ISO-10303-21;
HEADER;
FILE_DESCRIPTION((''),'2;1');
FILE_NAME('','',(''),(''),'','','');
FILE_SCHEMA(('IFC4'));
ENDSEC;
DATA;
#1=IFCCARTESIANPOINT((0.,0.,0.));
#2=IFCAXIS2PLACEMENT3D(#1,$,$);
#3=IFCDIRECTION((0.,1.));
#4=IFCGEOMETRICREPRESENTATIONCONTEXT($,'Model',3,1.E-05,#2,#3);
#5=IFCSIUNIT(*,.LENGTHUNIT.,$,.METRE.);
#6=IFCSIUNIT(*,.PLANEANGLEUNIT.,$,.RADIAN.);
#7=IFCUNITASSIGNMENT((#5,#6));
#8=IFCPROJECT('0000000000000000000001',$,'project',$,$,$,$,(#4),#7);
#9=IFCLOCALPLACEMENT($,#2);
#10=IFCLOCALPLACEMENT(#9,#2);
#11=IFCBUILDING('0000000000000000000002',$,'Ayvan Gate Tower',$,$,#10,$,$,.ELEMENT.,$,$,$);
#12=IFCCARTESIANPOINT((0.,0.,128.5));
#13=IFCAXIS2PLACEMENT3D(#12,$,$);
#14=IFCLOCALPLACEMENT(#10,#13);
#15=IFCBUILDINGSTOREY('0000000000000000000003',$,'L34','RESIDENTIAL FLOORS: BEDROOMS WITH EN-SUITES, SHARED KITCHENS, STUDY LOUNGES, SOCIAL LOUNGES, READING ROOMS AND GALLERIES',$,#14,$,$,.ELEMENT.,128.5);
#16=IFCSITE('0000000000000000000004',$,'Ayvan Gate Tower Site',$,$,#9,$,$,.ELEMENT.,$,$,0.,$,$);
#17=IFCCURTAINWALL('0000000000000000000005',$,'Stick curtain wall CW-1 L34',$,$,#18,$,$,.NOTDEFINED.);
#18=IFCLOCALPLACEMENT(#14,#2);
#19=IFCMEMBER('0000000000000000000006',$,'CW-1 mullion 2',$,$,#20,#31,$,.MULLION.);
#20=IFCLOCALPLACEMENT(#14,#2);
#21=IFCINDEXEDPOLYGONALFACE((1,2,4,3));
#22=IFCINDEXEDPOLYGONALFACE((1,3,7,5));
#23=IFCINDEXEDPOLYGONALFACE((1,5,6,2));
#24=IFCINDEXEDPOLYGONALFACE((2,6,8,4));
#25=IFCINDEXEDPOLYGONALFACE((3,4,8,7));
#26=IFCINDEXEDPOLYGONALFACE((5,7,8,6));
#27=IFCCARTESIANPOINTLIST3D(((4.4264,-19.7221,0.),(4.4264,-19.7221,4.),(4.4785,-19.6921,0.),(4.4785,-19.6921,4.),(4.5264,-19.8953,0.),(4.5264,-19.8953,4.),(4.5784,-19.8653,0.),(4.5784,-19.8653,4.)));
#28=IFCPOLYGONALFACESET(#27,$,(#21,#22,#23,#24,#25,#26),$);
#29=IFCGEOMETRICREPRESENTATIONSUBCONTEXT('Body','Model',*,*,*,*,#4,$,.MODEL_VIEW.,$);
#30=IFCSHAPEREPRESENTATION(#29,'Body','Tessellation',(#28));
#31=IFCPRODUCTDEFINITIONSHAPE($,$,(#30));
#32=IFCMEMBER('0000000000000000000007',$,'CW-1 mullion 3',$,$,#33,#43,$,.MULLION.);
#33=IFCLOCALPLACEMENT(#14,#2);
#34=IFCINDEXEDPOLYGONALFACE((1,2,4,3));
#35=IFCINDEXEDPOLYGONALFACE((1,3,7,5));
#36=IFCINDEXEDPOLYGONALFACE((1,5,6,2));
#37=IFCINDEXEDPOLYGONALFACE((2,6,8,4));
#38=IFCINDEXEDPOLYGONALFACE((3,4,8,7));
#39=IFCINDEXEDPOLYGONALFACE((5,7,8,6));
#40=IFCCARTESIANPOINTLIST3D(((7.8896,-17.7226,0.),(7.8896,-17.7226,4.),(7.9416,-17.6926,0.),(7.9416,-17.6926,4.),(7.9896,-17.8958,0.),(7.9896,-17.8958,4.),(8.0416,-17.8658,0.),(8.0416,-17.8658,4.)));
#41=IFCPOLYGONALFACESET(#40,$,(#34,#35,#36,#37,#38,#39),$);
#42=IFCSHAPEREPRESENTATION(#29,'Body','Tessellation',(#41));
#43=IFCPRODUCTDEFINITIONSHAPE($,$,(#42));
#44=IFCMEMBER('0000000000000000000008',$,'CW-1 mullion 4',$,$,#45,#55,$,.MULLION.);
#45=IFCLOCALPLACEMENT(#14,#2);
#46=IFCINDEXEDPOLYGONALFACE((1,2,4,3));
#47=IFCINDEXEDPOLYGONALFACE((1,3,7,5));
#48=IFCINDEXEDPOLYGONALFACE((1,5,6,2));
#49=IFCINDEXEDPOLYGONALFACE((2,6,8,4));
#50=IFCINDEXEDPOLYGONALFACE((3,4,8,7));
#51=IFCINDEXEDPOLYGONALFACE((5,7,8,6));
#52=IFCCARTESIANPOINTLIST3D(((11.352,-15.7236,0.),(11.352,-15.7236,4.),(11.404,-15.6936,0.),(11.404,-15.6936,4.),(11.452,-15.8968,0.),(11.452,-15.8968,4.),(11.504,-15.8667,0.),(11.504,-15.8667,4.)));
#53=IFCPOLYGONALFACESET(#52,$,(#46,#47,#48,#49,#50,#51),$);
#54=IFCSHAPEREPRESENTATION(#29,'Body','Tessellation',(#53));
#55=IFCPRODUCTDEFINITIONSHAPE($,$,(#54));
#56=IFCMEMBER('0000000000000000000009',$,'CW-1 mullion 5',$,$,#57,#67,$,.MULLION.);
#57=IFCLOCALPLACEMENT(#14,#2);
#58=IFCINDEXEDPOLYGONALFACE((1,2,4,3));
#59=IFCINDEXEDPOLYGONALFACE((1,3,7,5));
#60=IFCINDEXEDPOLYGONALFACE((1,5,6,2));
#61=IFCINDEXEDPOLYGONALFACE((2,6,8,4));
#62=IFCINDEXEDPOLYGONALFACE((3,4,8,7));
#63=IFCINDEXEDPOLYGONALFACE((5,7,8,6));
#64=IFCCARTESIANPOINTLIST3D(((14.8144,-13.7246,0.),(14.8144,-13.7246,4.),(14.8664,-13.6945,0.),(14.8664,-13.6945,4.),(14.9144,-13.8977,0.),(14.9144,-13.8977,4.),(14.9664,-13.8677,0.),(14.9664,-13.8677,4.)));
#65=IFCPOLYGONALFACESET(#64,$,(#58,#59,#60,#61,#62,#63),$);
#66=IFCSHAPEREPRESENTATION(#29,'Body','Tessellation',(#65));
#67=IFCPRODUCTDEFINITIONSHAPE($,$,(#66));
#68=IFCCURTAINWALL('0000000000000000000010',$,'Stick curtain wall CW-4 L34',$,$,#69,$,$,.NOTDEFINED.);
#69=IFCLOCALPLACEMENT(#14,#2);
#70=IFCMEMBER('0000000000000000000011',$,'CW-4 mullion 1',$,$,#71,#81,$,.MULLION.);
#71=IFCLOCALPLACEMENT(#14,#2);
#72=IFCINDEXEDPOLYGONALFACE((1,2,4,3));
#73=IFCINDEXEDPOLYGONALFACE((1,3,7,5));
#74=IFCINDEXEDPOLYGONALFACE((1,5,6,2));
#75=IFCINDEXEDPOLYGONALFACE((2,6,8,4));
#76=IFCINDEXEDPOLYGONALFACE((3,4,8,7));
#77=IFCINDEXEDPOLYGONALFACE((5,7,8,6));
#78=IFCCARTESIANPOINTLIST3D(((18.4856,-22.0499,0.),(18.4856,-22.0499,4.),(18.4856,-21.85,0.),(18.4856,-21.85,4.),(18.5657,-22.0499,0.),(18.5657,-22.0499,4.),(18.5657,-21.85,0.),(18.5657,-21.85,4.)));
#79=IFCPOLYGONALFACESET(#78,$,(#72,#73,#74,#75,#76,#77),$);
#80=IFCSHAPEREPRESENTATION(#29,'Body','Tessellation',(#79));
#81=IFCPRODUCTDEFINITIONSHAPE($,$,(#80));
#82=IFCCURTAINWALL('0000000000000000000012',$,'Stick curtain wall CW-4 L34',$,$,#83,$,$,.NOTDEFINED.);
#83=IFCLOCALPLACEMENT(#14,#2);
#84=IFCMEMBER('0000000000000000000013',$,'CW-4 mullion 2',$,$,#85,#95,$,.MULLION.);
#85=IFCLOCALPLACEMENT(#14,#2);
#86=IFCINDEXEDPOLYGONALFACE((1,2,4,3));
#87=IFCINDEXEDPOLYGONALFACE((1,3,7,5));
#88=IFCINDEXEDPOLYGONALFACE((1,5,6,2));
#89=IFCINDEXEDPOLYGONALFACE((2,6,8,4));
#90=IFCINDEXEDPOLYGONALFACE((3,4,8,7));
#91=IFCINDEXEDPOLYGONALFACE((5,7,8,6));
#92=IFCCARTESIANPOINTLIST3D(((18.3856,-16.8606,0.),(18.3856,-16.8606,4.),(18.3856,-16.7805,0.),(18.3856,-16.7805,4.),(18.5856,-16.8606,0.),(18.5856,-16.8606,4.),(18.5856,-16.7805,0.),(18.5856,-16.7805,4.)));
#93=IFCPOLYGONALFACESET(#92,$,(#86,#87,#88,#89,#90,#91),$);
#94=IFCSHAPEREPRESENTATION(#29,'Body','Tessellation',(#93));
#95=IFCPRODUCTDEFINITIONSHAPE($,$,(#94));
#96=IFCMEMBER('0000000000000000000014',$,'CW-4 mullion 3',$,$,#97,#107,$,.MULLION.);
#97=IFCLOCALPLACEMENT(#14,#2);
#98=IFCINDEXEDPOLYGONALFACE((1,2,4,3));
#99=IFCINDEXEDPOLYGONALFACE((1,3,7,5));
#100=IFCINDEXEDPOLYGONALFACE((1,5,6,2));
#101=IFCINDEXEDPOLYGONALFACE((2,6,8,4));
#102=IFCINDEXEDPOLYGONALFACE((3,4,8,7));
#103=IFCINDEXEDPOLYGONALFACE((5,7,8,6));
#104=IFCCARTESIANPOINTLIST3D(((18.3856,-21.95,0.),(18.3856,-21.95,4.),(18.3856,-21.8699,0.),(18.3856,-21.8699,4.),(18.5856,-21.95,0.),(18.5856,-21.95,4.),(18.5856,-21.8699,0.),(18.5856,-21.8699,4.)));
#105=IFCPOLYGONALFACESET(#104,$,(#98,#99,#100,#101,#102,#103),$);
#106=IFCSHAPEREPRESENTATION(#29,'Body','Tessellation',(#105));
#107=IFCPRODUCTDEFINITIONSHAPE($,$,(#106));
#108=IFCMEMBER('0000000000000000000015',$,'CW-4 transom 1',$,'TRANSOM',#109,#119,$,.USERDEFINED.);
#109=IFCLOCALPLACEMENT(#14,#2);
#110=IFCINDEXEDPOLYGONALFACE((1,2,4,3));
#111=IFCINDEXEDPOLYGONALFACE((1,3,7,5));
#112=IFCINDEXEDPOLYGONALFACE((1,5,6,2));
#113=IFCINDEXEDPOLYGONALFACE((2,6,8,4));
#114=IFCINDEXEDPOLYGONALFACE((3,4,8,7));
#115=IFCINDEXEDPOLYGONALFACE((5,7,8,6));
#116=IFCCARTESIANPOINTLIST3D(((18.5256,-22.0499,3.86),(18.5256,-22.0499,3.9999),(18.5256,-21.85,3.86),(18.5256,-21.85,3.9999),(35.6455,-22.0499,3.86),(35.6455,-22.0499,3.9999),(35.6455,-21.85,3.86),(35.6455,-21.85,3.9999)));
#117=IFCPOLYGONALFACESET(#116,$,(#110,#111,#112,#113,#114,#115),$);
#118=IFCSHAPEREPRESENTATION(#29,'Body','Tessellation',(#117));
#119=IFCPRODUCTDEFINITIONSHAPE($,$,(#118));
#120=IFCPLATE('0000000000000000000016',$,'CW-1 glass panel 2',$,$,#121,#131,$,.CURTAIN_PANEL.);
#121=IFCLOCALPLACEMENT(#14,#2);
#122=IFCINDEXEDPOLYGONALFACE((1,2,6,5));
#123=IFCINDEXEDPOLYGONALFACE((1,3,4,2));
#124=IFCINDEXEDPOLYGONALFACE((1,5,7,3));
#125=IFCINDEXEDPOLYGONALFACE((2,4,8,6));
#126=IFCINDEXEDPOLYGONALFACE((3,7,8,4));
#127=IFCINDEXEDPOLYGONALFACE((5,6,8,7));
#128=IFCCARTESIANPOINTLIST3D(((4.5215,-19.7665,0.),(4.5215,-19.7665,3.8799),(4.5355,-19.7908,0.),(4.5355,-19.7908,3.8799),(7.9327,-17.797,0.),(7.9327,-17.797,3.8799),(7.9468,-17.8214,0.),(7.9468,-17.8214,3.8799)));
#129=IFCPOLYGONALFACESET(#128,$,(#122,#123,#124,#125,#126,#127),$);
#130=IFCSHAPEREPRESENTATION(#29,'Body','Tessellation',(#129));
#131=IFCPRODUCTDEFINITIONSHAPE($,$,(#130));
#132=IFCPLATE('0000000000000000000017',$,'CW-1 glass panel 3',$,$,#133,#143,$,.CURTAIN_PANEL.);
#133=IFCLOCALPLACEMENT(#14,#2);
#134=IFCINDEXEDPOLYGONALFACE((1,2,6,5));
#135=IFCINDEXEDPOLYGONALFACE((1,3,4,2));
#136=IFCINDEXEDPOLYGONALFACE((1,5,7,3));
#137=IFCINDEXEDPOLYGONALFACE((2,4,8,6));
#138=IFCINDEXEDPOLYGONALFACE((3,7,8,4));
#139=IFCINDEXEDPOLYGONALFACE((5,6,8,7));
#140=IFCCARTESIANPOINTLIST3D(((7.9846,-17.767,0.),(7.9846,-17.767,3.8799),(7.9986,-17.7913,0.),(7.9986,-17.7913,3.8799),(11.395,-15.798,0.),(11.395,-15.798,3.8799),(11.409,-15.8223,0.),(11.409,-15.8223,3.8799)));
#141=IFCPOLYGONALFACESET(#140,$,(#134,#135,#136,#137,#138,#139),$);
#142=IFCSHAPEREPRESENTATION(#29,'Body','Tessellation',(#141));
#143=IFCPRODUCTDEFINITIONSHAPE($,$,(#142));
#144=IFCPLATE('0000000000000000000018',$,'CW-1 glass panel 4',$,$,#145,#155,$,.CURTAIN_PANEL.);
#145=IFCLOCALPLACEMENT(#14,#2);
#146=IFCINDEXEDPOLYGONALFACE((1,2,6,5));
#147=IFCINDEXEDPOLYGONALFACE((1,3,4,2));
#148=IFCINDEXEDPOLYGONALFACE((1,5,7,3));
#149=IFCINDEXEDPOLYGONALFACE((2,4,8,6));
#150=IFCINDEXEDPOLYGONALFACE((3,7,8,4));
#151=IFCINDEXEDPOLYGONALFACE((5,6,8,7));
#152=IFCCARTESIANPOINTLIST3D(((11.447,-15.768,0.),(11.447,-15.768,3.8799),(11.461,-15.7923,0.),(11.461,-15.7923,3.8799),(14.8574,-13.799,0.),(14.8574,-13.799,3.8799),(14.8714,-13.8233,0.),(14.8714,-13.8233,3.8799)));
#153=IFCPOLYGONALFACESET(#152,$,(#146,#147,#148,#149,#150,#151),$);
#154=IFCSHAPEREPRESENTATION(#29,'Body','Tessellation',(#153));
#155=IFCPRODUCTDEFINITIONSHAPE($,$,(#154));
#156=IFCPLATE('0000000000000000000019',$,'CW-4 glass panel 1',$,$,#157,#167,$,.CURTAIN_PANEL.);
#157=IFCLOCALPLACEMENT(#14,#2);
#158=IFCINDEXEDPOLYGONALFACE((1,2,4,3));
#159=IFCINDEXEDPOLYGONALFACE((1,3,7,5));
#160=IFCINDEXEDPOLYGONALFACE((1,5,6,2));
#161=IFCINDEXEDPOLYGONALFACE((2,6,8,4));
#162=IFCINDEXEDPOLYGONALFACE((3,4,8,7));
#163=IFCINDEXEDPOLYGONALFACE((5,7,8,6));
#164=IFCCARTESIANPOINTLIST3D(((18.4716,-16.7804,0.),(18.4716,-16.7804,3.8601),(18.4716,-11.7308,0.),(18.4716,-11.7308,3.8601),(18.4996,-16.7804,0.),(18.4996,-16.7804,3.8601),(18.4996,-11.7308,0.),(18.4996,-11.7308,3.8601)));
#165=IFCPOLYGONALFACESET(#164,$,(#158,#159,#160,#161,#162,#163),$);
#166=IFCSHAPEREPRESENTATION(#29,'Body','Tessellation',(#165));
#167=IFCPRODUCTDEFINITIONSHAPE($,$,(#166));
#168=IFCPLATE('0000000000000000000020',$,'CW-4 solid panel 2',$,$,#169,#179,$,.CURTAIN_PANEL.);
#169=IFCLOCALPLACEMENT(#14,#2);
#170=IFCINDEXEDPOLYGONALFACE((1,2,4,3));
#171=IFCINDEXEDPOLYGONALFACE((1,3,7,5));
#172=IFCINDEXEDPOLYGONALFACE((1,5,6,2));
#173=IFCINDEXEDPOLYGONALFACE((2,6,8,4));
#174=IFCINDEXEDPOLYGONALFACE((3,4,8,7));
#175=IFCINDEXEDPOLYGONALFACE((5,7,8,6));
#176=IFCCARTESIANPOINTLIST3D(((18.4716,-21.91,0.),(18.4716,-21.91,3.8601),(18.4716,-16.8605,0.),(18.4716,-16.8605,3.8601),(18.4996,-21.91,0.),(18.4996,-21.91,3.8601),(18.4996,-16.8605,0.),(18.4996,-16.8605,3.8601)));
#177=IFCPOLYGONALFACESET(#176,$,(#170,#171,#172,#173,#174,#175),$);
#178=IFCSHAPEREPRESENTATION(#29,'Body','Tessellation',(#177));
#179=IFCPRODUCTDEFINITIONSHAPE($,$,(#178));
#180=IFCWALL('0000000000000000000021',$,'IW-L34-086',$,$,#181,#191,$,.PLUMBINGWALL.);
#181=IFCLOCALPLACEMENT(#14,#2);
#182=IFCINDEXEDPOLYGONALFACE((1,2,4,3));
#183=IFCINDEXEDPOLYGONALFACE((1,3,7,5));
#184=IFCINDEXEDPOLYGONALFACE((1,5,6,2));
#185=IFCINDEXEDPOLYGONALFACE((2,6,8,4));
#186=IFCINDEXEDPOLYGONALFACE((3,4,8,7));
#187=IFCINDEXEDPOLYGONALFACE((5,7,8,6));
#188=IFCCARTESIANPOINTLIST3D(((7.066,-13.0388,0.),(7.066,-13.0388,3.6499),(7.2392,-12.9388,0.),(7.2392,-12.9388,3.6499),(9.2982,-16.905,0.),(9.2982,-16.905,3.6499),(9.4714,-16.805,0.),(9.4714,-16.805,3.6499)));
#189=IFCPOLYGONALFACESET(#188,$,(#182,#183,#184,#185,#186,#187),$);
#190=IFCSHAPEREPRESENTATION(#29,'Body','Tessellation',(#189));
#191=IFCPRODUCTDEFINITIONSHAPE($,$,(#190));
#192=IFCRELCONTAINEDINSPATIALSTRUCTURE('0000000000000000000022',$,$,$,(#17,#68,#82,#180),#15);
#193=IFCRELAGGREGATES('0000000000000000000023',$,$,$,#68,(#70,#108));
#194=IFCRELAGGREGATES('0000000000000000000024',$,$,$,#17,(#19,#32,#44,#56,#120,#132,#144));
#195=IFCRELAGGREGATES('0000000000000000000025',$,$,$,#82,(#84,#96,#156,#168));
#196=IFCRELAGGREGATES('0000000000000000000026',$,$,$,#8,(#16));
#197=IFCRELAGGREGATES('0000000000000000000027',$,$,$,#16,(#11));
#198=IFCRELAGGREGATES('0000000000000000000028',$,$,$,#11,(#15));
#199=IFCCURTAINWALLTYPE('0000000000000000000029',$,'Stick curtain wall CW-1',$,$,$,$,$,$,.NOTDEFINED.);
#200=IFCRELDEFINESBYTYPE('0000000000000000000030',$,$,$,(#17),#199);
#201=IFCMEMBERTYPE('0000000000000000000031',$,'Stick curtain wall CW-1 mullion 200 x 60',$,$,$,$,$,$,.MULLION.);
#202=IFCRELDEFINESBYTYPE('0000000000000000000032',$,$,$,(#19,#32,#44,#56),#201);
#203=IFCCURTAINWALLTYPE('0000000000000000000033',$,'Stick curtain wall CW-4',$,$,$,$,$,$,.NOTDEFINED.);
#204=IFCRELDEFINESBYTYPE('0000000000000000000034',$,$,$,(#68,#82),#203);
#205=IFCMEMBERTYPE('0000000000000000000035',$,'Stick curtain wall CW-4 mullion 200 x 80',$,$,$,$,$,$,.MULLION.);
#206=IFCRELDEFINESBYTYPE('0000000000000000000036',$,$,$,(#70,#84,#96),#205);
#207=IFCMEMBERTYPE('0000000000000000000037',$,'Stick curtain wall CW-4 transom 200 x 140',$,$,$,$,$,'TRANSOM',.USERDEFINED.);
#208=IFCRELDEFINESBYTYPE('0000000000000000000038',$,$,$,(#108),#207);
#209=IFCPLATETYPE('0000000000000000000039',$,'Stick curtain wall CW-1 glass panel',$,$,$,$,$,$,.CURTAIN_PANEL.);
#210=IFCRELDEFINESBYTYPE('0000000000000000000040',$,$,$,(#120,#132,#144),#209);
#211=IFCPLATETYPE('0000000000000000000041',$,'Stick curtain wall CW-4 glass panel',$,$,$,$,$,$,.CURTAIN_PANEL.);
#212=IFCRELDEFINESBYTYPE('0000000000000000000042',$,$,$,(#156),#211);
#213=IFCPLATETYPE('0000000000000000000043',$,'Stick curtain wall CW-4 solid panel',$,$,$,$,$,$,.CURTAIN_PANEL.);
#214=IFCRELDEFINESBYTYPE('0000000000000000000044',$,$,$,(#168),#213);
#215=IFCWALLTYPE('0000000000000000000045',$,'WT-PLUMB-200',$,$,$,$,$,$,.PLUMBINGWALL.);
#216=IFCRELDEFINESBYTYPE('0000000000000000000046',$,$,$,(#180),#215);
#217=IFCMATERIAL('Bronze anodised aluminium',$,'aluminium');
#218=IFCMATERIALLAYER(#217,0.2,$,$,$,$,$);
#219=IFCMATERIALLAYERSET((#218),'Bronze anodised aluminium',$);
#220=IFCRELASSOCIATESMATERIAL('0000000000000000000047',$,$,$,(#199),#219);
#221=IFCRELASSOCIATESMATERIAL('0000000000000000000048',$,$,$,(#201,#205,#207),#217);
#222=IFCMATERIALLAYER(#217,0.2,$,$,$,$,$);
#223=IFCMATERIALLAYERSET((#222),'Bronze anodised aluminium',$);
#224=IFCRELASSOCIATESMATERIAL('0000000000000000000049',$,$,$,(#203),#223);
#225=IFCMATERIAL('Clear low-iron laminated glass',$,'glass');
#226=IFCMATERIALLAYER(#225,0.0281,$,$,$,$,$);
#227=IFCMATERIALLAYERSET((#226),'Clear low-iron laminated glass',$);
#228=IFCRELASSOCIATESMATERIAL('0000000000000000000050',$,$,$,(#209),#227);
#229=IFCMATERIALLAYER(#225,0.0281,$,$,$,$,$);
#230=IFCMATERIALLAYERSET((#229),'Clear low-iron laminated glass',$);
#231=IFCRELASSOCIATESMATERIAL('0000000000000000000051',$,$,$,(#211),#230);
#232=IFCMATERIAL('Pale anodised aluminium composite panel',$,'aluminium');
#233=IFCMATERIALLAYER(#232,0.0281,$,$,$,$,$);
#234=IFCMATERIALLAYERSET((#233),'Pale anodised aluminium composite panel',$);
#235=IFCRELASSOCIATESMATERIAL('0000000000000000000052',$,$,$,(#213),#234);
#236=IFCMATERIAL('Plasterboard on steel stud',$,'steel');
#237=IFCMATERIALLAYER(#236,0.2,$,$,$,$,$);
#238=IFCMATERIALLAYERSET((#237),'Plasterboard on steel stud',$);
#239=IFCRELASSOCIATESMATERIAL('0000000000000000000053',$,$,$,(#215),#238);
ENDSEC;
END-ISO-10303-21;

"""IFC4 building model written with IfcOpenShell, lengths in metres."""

from ifc_helpers import new_model, si_unit, direction, frame, frame_2d, origin, origin_2d, place, context, subcontext, project, spatial, rectangle, extrude, material, layer, layer_set, material_profile, profile_set, type_object, element, aggregate, save


model = new_model("IFC4")

# Units and contexts
model_context = context("Model", 3, precision=1e-05, world=origin(), true_north=direction((0.0, 1.0)))
body_context = subcontext(model_context, "Body", "Model", "MODEL_VIEW")
ifc_project = project(units=[si_unit("LENGTHUNIT", "METRE"), si_unit("PLANEANGLEUNIT", "RADIAN")], contexts=[model_context])

# Site, building, storey
site_placement = place(None, origin())
site = spatial("IfcSite", under=ifc_project, at=site_placement, Name="Ayvan Gate Tower Site", CompositionType="ELEMENT", RefElevation=0.0)
building_placement = place(site_placement, origin())
building = spatial("IfcBuilding", under=site, at=building_placement, Name="Ayvan Gate Tower", CompositionType="ELEMENT")
storey_placement = place(building_placement, frame((0.0, 0.0, 128.5)))
storey = spatial("IfcBuildingStorey", under=building, at=storey_placement, Name="L34", Description="RESIDENTIAL FLOORS: BEDROOMS WITH EN-SUITES, SHARED KITCHENS, STUDY LOUNGES, SOCIAL LOUNGES, READING ROOMS AND GALLERIES", CompositionType="ELEMENT", Elevation=128.5)

# Curtain wall, members
ifc_material_1 = material(Name="Bronze anodised aluminium", Category="aluminium")
ifc_layer_1 = layer(ifc_material_1, 0.2)
ifc_layer_set_1 = layer_set([ifc_layer_1], Name="Bronze anodised aluminium")
curtain_wall_type_1 = type_object("IfcCurtainWallType", Name="Stick curtain wall CW-1", PredefinedType="NOTDEFINED", material=ifc_layer_set_1)
curtain_wall_1_placement = place(storey_placement, origin())
curtain_wall_1 = element("IfcCurtainWall", 1, at=curtain_wall_1_placement, inside=storey, type_object=curtain_wall_type_1, Name="Stick curtain wall CW-1 L34", PredefinedType="NOTDEFINED")
ifc_material_profile_1 = material_profile(ifc_material_1, rectangle(XDim=0.2, YDim=0.0601, at=origin_2d()), Name="Stick curtain wall CW-1 mullion 200 x 60")
ifc_profile_set_1 = profile_set([ifc_material_profile_1], Name="Bronze anodised aluminium")
member_type_1 = type_object("IfcMemberType", Name="Stick curtain wall CW-1 mullion 200 x 60", PredefinedType="MULLION", material=ifc_profile_set_1)
member_1_placement = place(storey_placement, frame((4.5024, -19.7937, 0.0), z_axis=(0.0, 0.0, 1.0), x_axis=(0.5, -0.866025, 0.0)))
member_1 = element("IfcMember", 2, at=member_1_placement, type_object=member_type_1, Name="CW-1 mullion 2", PredefinedType="MULLION", context=body_context, shape_type="SweptSolid", body=[
    extrude(rectangle(XDim=0.2, YDim=0.0601, at=origin_2d()), origin(), (0.0, 0.0, 1.0), 4.0),
])
member_2_placement = place(storey_placement, frame((7.9656, -17.7942, 0.0), z_axis=(0.0, 0.0, 1.0), x_axis=(0.5, -0.866025, 0.0)))
member_2 = element("IfcMember", 3, at=member_2_placement, type_object=member_type_1, Name="CW-1 mullion 3", PredefinedType="MULLION", context=body_context, shape_type="SweptSolid", body=[
    extrude(rectangle(XDim=0.2, YDim=0.0601, at=origin_2d()), origin(), (0.0, 0.0, 1.0), 4.0),
])
member_3_placement = place(storey_placement, frame((11.428, -15.7952, 0.0), z_axis=(0.0, 0.0, 1.0), x_axis=(0.5, -0.866025, 0.0)))
member_3 = element("IfcMember", 4, at=member_3_placement, type_object=member_type_1, Name="CW-1 mullion 4", PredefinedType="MULLION", context=body_context, shape_type="SweptSolid", body=[
    extrude(rectangle(XDim=0.2, YDim=0.0601, at=origin_2d()), origin(), (0.0, 0.0, 1.0), 4.0),
])
member_4_placement = place(storey_placement, frame((14.8904, -13.7961, 0.0), z_axis=(0.0, 0.0, 1.0), x_axis=(0.5, -0.866025, 0.0)))
member_4 = element("IfcMember", 5, at=member_4_placement, type_object=member_type_1, Name="CW-1 mullion 5", PredefinedType="MULLION", context=body_context, shape_type="SweptSolid", body=[
    extrude(rectangle(XDim=0.2, YDim=0.0601, at=origin_2d()), origin(), (0.0, 0.0, 1.0), 4.0),
])

# Curtain wall, member
ifc_layer_2 = layer(ifc_material_1, 0.2)
ifc_layer_set_2 = layer_set([ifc_layer_2], Name="Bronze anodised aluminium")
curtain_wall_type_2 = type_object("IfcCurtainWallType", Name="Stick curtain wall CW-4", PredefinedType="NOTDEFINED", material=ifc_layer_set_2)
curtain_wall_2_placement = place(storey_placement, origin())
curtain_wall_2 = element("IfcCurtainWall", 6, at=curtain_wall_2_placement, inside=storey, type_object=curtain_wall_type_2, Name="Stick curtain wall CW-4 L34", PredefinedType="NOTDEFINED")
ifc_material_profile_2 = material_profile(ifc_material_1, rectangle(XDim=0.2, YDim=0.0801, at=origin_2d()), Name="Stick curtain wall CW-4 mullion 200 x 80")
ifc_profile_set_2 = profile_set([ifc_material_profile_2], Name="Bronze anodised aluminium")
member_type_2 = type_object("IfcMemberType", Name="Stick curtain wall CW-4 mullion 200 x 80", PredefinedType="MULLION", material=ifc_profile_set_2)
member_5_placement = place(storey_placement, frame((18.5256, -21.95, 0.0), z_axis=(0.0, 0.0, 1.0), x_axis=(0.0, -1.0, 0.0)))
member_5 = element("IfcMember", 7, at=member_5_placement, type_object=member_type_2, Name="CW-4 mullion 1", PredefinedType="MULLION", context=body_context, shape_type="SweptSolid", body=[
    extrude(rectangle(XDim=0.2, YDim=0.0801, at=origin_2d()), origin(), (0.0, 0.0, 1.0), 4.0),
])

# Curtain wall, members
curtain_wall_3_placement = place(storey_placement, origin())
curtain_wall_3 = element("IfcCurtainWall", 8, at=curtain_wall_3_placement, inside=storey, type_object=curtain_wall_type_2, Name="Stick curtain wall CW-4 L34", PredefinedType="NOTDEFINED")
member_6_placement = place(storey_placement, frame((18.4856, -16.8206, 0.0), z_axis=(0.0, 0.0, 1.0), x_axis=(-1.0, 0.0, 0.0)))
member_6 = element("IfcMember", 9, at=member_6_placement, type_object=member_type_2, Name="CW-4 mullion 2", PredefinedType="MULLION", context=body_context, shape_type="SweptSolid", body=[
    extrude(rectangle(XDim=0.2, YDim=0.0801, at=origin_2d()), origin(), (0.0, 0.0, 1.0), 4.0),
])
member_7_placement = place(storey_placement, frame((18.4856, -21.9099, 0.0), z_axis=(0.0, 0.0, 1.0), x_axis=(-1.0, 0.0, 0.0)))
member_7 = element("IfcMember", 10, at=member_7_placement, type_object=member_type_2, Name="CW-4 mullion 3", PredefinedType="MULLION", context=body_context, shape_type="SweptSolid", body=[
    extrude(rectangle(XDim=0.2, YDim=0.0801, at=origin_2d()), origin(), (0.0, 0.0, 1.0), 4.0),
])

# Member
ifc_material_profile_3 = material_profile(ifc_material_1, rectangle(XDim=0.2, YDim=0.1399, at=origin_2d()), Name="Stick curtain wall CW-4 transom 200 x 140")
ifc_profile_set_3 = profile_set([ifc_material_profile_3], Name="Bronze anodised aluminium")
member_type_3 = type_object("IfcMemberType", Name="Stick curtain wall CW-4 transom 200 x 140", ElementType="TRANSOM", PredefinedType="USERDEFINED", material=ifc_profile_set_3)
member_8_placement = place(storey_placement, frame((18.5256, -21.95, 3.9299), z_axis=(1.0, 0.0, 0.0), x_axis=(0.0, 1.0, 0.0)))
member_8 = element("IfcMember", 11, at=member_8_placement, type_object=member_type_3, Name="CW-4 transom 1", ObjectType="TRANSOM", PredefinedType="USERDEFINED", context=body_context, shape_type="SweptSolid", body=[
    extrude(rectangle(XDim=0.2, YDim=0.1399, at=origin_2d()), origin(), (0.0, 0.0, 1.0), 17.1199),
])
aggregate(curtain_wall_2, [member_5, member_8])

# Plates
ifc_material_2 = material(Name="Clear low-iron laminated glass", Category="glass")
ifc_layer_3 = layer(ifc_material_2, 0.0281)
ifc_layer_set_3 = layer_set([ifc_layer_3], Name="Clear low-iron laminated glass")
plate_type_1 = type_object("IfcPlateType", Name="Stick curtain wall CW-1 glass panel", PredefinedType="CURTAIN_PANEL", material=ifc_layer_set_3)
plate_1_placement = place(storey_placement, frame((6.2341, -18.7939, 0.0), z_axis=(0.0, 0.0, 1.0), x_axis=(0.866025, 0.5, 0.0)))
plate_1 = element("IfcPlate", 12, at=plate_1_placement, type_object=plate_type_1, Name="CW-1 glass panel 2", PredefinedType="CURTAIN_PANEL", context=body_context, shape_type="SweptSolid", body=[
    extrude(rectangle(XDim=3.939, YDim=0.0281, at=origin_2d()), origin(), (0.0, 0.0, 1.0), 3.8799),
])
plate_2_placement = place(storey_placement, frame((9.6968, -16.7947, 0.0), z_axis=(0.0, 0.0, 1.0), x_axis=(0.866025, 0.5, 0.0)))
plate_2 = element("IfcPlate", 13, at=plate_2_placement, type_object=plate_type_1, Name="CW-1 glass panel 3", PredefinedType="CURTAIN_PANEL", context=body_context, shape_type="SweptSolid", body=[
    extrude(rectangle(XDim=3.938, YDim=0.0281, at=origin_2d()), origin(), (0.0, 0.0, 1.0), 3.8799),
])
plate_3_placement = place(storey_placement, frame((13.1592, -14.7957, 0.0), z_axis=(0.0, 0.0, 1.0), x_axis=(0.866025, 0.5, 0.0)))
plate_3 = element("IfcPlate", 14, at=plate_3_placement, type_object=plate_type_1, Name="CW-1 glass panel 4", PredefinedType="CURTAIN_PANEL", context=body_context, shape_type="SweptSolid", body=[
    extrude(rectangle(XDim=3.938, YDim=0.0281, at=origin_2d()), origin(), (0.0, 0.0, 1.0), 3.8799),
])
aggregate(curtain_wall_1, [member_1, member_2, member_3, member_4, plate_1, plate_2, plate_3])
ifc_layer_4 = layer(ifc_material_2, 0.0281)
ifc_layer_set_4 = layer_set([ifc_layer_4], Name="Clear low-iron laminated glass")
plate_type_2 = type_object("IfcPlateType", Name="Stick curtain wall CW-4 glass panel", PredefinedType="CURTAIN_PANEL", material=ifc_layer_set_4)
plate_4_placement = place(storey_placement, frame((18.4856, -14.2556, 0.0), z_axis=(0.0, 0.0, 1.0), x_axis=(0.0, -1.0, 0.0)))
plate_4 = element("IfcPlate", 15, at=plate_4_placement, type_object=plate_type_2, Name="CW-4 glass panel 1", PredefinedType="CURTAIN_PANEL", context=body_context, shape_type="SweptSolid", body=[
    extrude(rectangle(XDim=5.0496, YDim=0.0281, at=origin_2d()), origin(), (0.0, 0.0, 1.0), 3.8601),
])
ifc_material_3 = material(Name="Pale anodised aluminium composite panel", Category="aluminium")
ifc_layer_5 = layer(ifc_material_3, 0.0281)
ifc_layer_set_5 = layer_set([ifc_layer_5], Name="Pale anodised aluminium composite panel")
plate_type_3 = type_object("IfcPlateType", Name="Stick curtain wall CW-4 solid panel", PredefinedType="CURTAIN_PANEL", material=ifc_layer_set_5)
plate_5_placement = place(storey_placement, frame((18.4856, -19.3853, 0.0), z_axis=(0.0, 0.0, 1.0), x_axis=(0.0, -1.0, 0.0)))
plate_5 = element("IfcPlate", 16, at=plate_5_placement, type_object=plate_type_3, Name="CW-4 solid panel 2", PredefinedType="CURTAIN_PANEL", context=body_context, shape_type="SweptSolid", body=[
    extrude(rectangle(XDim=5.0496, YDim=0.0281, at=origin_2d()), origin(), (0.0, 0.0, 1.0), 3.8601),
])
aggregate(curtain_wall_3, [member_6, member_7, plate_4, plate_5])

# Wall
ifc_material_4 = material(Name="Plasterboard on steel stud", Category="steel")
ifc_layer_6 = layer(ifc_material_4, 0.2)
ifc_layer_set_6 = layer_set([ifc_layer_6], Name="Plasterboard on steel stud")
wall_type = type_object("IfcWallType", Name="WT-PLUMB-200", PredefinedType="PLUMBINGWALL", material=ifc_layer_set_6)
wall_placement = place(storey_placement, frame((7.1526, -12.9888, 0.0), z_axis=(0.0, 0.0, 1.0), x_axis=(0.500003, -0.866023, 0.0)))
element("IfcWall", 17, at=wall_placement, inside=storey, type_object=wall_type, Name="IW-L34-086", PredefinedType="PLUMBINGWALL", context=body_context, shape_type="SweptSolid", body=[
    extrude(rectangle(XDim=4.4644, YDim=0.2, at=frame_2d((2.2322, 0.0))), origin(), (0.0, 0.0, 1.0), 3.6499),
])

save(model, "model.ifc")
